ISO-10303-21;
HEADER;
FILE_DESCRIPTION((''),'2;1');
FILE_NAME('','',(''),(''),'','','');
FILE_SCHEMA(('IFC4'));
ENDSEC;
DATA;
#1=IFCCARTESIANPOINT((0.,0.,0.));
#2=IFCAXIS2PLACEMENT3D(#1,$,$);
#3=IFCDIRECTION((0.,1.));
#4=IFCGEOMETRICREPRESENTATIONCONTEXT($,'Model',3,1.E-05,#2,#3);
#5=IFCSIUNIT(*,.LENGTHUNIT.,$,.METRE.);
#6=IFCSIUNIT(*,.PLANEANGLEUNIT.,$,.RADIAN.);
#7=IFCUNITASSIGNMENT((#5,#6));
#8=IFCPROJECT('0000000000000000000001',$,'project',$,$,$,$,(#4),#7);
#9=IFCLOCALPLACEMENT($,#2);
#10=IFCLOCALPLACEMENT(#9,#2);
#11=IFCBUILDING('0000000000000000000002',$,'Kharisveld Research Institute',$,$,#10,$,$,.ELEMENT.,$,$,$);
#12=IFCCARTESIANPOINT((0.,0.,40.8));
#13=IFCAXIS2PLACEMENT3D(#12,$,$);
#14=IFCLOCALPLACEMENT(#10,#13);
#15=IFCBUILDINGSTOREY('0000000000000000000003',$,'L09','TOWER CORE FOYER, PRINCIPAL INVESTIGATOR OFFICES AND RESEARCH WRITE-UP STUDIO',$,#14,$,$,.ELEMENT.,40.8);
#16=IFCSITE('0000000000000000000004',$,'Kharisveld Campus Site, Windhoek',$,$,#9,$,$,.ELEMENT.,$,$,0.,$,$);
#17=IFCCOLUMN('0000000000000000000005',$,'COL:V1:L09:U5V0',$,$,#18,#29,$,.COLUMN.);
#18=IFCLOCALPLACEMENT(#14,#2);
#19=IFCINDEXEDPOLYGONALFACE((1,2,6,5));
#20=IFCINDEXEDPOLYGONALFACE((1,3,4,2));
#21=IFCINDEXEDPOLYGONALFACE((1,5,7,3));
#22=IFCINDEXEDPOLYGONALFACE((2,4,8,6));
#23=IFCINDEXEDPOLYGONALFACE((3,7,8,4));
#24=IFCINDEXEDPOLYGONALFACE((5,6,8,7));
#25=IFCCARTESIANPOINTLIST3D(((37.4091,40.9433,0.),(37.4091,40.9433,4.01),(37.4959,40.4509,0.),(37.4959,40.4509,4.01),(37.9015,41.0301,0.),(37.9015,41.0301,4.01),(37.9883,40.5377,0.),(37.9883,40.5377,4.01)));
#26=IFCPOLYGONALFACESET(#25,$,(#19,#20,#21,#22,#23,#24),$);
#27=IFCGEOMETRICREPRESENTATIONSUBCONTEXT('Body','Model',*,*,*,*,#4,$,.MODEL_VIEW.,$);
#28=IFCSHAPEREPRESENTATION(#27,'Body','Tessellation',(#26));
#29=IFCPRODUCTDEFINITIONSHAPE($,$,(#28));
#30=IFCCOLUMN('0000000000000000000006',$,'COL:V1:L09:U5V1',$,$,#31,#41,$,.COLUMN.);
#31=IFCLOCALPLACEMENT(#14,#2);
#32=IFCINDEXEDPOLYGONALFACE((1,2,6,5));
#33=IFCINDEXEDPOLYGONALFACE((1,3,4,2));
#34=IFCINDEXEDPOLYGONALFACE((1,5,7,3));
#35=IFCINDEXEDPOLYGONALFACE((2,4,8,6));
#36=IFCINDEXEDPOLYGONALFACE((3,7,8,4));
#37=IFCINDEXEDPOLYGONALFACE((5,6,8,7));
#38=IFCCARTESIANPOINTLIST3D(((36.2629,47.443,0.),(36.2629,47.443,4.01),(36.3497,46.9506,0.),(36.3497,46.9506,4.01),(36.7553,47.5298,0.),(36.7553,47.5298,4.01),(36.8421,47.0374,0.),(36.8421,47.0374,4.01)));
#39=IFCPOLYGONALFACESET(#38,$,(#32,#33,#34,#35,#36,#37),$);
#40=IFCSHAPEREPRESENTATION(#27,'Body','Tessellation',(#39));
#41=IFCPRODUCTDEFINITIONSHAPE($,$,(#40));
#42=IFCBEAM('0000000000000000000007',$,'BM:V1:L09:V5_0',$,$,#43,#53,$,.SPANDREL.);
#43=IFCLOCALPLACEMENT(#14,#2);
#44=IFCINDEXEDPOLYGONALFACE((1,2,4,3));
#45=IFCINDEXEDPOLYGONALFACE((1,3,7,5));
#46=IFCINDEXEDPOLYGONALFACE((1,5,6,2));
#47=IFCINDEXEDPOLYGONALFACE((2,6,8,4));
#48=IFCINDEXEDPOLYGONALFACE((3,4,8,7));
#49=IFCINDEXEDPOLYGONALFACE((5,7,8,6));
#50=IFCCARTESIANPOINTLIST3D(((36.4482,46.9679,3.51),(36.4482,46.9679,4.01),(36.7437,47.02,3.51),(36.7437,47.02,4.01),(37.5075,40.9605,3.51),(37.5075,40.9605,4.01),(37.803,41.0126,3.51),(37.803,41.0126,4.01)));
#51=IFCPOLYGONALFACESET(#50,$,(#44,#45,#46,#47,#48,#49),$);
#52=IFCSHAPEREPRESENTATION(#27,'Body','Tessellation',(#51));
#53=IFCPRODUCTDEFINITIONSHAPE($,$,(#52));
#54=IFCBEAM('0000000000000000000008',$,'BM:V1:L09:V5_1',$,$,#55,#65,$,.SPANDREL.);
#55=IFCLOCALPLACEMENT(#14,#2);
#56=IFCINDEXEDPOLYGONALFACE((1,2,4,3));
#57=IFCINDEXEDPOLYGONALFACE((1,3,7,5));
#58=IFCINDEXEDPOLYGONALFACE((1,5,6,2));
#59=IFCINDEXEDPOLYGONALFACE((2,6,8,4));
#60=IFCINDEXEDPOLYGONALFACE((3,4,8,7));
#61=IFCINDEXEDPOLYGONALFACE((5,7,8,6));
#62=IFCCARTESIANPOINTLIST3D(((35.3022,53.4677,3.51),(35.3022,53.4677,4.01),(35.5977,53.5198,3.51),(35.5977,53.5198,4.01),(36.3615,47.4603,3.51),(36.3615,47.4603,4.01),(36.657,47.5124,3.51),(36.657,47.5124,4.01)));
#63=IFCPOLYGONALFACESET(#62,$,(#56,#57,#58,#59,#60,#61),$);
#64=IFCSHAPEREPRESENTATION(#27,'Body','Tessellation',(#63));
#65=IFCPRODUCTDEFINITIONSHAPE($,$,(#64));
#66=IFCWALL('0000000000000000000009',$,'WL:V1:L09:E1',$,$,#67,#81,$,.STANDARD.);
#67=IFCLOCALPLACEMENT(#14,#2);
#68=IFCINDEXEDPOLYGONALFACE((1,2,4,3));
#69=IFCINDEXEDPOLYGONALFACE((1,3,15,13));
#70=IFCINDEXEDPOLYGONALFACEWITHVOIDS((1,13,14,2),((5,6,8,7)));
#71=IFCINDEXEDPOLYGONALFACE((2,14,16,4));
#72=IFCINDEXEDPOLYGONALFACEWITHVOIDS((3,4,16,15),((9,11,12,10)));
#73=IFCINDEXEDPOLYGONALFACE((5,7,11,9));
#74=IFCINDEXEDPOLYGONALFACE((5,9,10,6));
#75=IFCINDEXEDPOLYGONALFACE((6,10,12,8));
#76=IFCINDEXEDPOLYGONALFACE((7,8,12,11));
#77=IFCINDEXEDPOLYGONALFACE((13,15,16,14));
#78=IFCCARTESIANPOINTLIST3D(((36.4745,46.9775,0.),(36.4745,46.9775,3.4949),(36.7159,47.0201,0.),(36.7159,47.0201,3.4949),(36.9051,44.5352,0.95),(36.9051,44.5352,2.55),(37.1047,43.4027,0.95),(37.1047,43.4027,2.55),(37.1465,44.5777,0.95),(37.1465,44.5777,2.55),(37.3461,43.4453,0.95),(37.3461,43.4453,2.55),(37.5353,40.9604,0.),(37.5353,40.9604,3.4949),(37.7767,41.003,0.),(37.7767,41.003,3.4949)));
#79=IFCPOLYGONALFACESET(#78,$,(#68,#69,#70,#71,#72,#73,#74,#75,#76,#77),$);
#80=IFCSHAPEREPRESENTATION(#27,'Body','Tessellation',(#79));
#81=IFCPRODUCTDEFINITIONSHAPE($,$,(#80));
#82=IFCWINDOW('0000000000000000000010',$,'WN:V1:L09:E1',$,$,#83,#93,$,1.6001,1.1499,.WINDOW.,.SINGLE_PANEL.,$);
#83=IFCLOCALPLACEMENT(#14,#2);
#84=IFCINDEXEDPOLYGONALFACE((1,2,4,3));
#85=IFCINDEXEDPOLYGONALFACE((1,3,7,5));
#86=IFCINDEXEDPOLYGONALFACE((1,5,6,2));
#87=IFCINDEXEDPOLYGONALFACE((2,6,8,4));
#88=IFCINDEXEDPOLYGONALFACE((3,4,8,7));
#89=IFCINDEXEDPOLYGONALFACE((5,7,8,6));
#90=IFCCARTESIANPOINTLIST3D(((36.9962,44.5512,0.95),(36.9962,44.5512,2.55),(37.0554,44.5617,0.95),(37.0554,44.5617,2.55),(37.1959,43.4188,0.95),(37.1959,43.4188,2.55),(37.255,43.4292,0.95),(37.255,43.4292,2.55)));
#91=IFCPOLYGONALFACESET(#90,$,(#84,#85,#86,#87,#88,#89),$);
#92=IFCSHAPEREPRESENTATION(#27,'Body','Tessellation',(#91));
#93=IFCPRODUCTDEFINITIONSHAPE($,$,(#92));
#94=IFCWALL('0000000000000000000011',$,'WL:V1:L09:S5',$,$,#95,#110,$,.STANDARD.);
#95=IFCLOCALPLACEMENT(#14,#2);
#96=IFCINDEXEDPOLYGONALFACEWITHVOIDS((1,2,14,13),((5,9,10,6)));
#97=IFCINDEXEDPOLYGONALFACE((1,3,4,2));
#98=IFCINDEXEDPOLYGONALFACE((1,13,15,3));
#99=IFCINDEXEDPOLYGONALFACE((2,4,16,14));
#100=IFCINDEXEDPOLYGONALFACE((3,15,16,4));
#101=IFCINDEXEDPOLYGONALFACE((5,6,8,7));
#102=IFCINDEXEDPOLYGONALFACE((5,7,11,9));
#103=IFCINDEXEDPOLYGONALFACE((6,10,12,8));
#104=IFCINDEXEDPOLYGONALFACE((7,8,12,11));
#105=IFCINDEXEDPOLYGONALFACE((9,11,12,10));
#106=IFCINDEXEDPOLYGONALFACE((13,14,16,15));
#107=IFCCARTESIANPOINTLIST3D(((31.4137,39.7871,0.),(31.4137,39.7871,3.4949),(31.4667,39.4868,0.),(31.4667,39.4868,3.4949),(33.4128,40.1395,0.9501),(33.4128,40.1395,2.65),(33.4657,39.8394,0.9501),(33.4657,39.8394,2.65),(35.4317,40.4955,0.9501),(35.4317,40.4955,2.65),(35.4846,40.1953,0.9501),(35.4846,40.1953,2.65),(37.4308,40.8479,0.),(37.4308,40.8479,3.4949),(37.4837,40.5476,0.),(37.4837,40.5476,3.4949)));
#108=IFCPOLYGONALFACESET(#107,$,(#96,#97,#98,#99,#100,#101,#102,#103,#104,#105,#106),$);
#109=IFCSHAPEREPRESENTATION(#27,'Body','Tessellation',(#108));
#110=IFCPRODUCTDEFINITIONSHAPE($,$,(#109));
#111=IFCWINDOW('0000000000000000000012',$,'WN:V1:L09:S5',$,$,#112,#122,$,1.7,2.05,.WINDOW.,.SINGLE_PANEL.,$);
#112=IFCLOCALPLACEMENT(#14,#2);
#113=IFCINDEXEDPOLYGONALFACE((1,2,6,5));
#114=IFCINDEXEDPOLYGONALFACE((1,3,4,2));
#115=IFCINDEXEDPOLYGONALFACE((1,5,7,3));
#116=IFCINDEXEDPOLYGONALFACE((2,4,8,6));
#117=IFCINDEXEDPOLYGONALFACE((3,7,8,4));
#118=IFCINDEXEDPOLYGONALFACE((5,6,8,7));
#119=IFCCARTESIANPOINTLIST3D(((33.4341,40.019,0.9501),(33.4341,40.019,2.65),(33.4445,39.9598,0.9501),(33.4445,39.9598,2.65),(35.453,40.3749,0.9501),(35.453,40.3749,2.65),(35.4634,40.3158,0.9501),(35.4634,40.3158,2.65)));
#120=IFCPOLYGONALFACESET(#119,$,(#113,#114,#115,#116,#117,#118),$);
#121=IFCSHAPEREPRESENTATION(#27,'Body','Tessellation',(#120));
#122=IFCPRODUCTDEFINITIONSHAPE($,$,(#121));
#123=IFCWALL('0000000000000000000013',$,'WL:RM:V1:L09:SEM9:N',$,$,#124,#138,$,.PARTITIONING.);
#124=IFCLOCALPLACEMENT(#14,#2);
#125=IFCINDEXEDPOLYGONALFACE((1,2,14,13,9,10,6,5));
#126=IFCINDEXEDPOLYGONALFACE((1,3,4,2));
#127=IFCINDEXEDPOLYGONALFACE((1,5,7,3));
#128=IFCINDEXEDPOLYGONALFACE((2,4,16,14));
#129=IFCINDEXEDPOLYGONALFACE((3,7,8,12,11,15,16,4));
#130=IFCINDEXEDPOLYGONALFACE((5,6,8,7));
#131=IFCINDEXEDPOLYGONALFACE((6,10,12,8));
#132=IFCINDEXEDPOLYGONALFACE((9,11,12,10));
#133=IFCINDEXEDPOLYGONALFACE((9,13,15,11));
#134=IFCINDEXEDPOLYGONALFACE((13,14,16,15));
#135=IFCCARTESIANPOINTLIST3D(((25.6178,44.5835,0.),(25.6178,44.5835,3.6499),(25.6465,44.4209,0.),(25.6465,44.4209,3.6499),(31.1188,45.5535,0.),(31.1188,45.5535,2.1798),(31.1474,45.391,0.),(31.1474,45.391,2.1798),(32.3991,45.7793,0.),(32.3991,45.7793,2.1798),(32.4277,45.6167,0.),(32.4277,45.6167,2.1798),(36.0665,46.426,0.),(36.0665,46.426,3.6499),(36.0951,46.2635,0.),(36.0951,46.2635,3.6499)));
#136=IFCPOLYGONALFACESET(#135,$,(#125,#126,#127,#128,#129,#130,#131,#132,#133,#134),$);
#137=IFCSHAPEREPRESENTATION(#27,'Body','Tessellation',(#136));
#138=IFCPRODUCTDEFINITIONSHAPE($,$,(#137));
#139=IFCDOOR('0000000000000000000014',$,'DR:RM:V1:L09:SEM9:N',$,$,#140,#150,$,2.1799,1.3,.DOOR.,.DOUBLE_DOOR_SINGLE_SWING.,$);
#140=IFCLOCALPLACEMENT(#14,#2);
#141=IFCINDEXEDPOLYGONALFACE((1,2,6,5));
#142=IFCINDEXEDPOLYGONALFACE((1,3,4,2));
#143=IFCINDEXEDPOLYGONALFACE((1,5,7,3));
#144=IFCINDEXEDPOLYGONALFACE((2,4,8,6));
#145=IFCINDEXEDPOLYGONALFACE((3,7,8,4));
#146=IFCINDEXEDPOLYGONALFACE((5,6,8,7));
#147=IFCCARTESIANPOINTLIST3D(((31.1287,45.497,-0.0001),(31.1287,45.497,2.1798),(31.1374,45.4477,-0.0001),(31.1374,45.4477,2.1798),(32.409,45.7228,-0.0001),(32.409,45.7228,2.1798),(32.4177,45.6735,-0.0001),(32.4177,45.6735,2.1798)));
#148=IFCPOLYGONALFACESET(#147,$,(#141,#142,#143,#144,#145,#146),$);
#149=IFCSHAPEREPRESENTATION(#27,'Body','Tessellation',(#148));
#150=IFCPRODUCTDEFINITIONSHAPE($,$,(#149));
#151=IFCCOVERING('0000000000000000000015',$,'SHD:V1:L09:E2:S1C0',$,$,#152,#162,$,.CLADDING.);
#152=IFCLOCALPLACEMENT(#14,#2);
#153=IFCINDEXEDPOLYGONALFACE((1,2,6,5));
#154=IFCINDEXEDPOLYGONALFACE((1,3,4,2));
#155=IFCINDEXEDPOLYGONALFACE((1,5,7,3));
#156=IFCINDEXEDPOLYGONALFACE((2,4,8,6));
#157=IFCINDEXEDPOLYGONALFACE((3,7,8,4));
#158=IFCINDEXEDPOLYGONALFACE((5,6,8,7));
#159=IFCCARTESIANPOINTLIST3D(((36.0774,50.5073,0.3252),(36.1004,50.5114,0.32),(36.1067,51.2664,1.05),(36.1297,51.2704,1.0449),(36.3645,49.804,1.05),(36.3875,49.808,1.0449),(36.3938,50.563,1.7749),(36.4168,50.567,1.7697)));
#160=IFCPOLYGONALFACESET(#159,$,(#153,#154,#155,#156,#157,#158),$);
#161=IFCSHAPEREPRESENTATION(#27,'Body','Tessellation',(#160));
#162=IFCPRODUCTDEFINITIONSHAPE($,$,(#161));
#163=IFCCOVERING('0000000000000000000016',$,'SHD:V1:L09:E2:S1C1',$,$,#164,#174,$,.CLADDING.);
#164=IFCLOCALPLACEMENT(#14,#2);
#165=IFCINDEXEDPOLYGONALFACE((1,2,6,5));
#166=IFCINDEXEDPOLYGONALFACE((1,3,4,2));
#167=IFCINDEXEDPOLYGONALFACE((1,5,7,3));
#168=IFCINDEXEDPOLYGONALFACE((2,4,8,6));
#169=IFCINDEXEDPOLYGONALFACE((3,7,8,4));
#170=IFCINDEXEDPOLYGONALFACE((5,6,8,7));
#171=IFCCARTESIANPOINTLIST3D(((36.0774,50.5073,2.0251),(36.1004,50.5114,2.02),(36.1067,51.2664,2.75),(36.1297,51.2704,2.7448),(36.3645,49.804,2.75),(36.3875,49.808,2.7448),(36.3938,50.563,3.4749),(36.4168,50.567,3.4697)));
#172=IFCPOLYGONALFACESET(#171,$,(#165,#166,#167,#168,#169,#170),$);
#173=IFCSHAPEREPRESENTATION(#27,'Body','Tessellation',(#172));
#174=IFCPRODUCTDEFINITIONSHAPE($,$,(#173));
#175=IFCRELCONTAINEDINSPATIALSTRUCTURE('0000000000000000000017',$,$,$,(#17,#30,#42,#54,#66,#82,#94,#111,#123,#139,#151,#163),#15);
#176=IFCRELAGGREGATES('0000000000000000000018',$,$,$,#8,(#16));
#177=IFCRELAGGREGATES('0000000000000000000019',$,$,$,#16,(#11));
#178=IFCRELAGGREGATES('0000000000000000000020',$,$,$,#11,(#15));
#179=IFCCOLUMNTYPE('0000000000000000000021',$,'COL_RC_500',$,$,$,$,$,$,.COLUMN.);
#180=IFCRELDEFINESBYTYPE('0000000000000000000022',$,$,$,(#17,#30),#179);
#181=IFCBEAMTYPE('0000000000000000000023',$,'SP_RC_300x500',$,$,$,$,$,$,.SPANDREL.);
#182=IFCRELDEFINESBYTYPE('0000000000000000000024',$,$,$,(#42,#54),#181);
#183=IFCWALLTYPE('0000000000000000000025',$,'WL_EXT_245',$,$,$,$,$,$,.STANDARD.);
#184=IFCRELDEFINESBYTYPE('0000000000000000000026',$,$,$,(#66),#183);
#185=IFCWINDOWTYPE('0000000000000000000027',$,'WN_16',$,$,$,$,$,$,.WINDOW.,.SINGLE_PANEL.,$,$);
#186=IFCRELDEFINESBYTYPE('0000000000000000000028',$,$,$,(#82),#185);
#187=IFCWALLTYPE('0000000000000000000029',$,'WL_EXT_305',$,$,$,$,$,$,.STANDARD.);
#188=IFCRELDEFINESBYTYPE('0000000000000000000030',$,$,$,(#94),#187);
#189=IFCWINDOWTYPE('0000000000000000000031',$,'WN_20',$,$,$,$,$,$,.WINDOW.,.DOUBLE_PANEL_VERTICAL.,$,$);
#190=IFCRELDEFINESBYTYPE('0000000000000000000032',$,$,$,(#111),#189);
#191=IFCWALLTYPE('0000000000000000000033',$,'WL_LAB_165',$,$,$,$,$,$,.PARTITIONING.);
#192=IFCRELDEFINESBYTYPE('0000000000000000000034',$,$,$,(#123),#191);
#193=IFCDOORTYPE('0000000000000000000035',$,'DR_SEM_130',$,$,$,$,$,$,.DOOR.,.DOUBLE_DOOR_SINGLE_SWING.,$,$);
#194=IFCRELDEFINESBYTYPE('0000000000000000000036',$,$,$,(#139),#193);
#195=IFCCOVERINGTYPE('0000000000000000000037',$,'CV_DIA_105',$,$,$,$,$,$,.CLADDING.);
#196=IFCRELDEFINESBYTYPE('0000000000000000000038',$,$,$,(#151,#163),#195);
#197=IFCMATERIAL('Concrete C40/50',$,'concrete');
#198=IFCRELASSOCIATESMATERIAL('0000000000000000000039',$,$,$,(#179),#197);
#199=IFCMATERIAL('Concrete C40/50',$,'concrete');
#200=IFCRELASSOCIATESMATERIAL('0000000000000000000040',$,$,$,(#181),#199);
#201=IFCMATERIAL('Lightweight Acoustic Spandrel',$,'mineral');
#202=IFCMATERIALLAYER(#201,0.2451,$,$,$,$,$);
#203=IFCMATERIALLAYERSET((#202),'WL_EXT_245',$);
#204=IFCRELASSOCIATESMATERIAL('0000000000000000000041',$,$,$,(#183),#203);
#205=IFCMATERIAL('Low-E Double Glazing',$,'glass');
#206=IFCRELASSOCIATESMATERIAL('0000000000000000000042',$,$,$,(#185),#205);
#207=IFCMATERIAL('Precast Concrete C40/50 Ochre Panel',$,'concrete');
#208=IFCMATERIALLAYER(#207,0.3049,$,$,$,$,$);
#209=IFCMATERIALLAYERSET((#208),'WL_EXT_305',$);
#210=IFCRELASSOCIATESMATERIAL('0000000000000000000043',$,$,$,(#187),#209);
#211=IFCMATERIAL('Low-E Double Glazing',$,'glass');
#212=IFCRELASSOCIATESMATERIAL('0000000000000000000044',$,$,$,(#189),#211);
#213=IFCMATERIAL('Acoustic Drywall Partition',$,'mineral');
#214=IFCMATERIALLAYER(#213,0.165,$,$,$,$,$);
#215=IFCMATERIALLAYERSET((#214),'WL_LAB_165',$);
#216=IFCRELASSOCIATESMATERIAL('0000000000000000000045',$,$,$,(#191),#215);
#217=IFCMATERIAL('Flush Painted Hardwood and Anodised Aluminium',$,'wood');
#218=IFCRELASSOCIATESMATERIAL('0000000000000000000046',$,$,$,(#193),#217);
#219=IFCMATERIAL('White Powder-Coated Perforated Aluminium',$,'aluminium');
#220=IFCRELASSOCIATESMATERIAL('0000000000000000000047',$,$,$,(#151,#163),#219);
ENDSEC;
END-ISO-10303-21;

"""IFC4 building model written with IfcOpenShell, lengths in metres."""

from ifc_helpers import new_model, si_unit, direction, frame, frame_2d, origin, origin_2d, place, context, subcontext, project, spatial, polyline, rectangle, outline, extrude, material, layer, layer_set, material_profile, profile_set, type_object, element, fill, save


model = new_model("IFC4")

# Units and contexts
model_context = context("Model", 3, precision=1e-05, world=origin(), true_north=direction((0.0, 1.0)))
body_context = subcontext(model_context, "Body", "Model", "MODEL_VIEW")
ifc_project = project(units=[si_unit("LENGTHUNIT", "METRE"), si_unit("PLANEANGLEUNIT", "RADIAN")], contexts=[model_context])

# Site, building, storey
site_placement = place(None, origin())
site = spatial("IfcSite", under=ifc_project, at=site_placement, Name="Kharisveld Campus Site, Windhoek", CompositionType="ELEMENT", RefElevation=0.0)
building_placement = place(site_placement, origin())
building = spatial("IfcBuilding", under=site, at=building_placement, Name="Kharisveld Research Institute", CompositionType="ELEMENT")
storey_placement = place(building_placement, frame((0.0, 0.0, 40.8)))
storey = spatial("IfcBuildingStorey", under=building, at=storey_placement, Name="L09", Description="TOWER CORE FOYER, PRINCIPAL INVESTIGATOR OFFICES AND RESEARCH WRITE-UP STUDIO", CompositionType="ELEMENT", Elevation=40.8)

# Columns
ifc_material_1 = material(Name="Concrete C40/50", Category="concrete")
ifc_material_profile_1 = material_profile(ifc_material_1, rectangle(XDim=0.5, YDim=0.5, at=origin_2d()))
ifc_profile_set_1 = profile_set([ifc_material_profile_1], Name="Concrete C40/50")
column_type = type_object("IfcColumnType", Name="COL_RC_500", PredefinedType="COLUMN", material=ifc_profile_set_1)
for number, where, z_axis, x_axis, name in (
    (1, (37.6987, 40.7405, 0.0), (0.0, 0.0, 1.0), (0.984808, 0.173648, 0.0), "COL:V1:L09:U5V0"),
    (2, (36.5525, 47.2402, 0.0), (0.0, 0.0, 1.0), (0.984808, 0.173648, 0.0), "COL:V1:L09:U5V1"),
):
    element("IfcColumn", number, at=place(storey_placement, frame(where, z_axis=z_axis, x_axis=x_axis)), inside=storey, type_object=column_type, Name=name, PredefinedType="COLUMN", context=body_context, shape_type="SweptSolid", body=[
        extrude(rectangle(XDim=0.5, YDim=0.5, at=origin_2d()), origin(), (0.0, 0.0, 1.0), 4.01),
    ])

# Beams
ifc_material_2 = material(Name="Concrete C40/50", Category="concrete")
ifc_material_profile_2 = material_profile(ifc_material_2, rectangle(XDim=0.3, YDim=0.5, at=origin_2d()))
ifc_profile_set_2 = profile_set([ifc_material_profile_2], Name="Concrete C40/50")
beam_type = type_object("IfcBeamType", Name="SP_RC_300x500", PredefinedType="SPANDREL", material=ifc_profile_set_2)
for number, where, z_axis, x_axis, name in (
    (3, (37.6553, 40.9866, 3.76), (-0.17366, 0.984806, 0.0), (-0.984806, -0.17366, 0.0), "BM:V1:L09:V5_0"),
    (4, (36.5093, 47.4863, 3.76), (-0.17366, 0.984806, 0.0), (-0.984806, -0.17366, 0.0), "BM:V1:L09:V5_1"),
):
    element("IfcBeam", number, at=place(storey_placement, frame(where, z_axis=z_axis, x_axis=x_axis)), inside=storey, type_object=beam_type, Name=name, PredefinedType="SPANDREL", context=body_context, shape_type="SweptSolid", body=[
        extrude(rectangle(XDim=0.3, YDim=0.5, at=origin_2d()), origin(), (0.0, 0.0, 1.0), 6.1001),
    ])

# Walls, openings, windows
ifc_material_3 = material(Name="Lightweight Acoustic Spandrel", Category="mineral")
ifc_layer_1 = layer(ifc_material_3, 0.2451)
ifc_layer_set_1 = layer_set([ifc_layer_1], Name="WL_EXT_245")
wall_type_1 = type_object("IfcWallType", Name="WL_EXT_245", PredefinedType="STANDARD", material=ifc_layer_set_1)
wall_1_placement = place(storey_placement, frame((36.5952, 46.9988, 0.0), z_axis=(0.0, 0.0, 1.0), x_axis=(0.173619, -0.984813, 0.0)))
wall_1 = element("IfcWall", 5, at=wall_1_placement, inside=storey, type_object=wall_type_1, Name="WL:V1:L09:E1", PredefinedType="STANDARD", context=body_context, shape_type="SweptSolid", body=[
    extrude(rectangle(XDim=6.1099, YDim=0.2451, at=frame_2d((3.0549, 0.0))), origin(), (0.0, 0.0, 1.0), 3.4949),
])
opening_1_placement = place(wall_1_placement, frame((2.48, 0.0, 0.95)))
opening_1 = element("IfcOpeningElement", 6, at=opening_1_placement, cuts=wall_1, PredefinedType="OPENING", context=body_context, shape_type="SweptSolid", body=[
    extrude(rectangle(XDim=1.1499, YDim=1.6001, at=frame_2d((0.575, 0.8))), frame((0.0, 0.1226, 0.0), z_axis=(0.0, -1.0, 0.0), x_axis=(1.0, 0.0, 0.0)), (0.0, 0.0, 1.0), 0.2451),
])
ifc_material_4 = material(Name="Low-E Double Glazing", Category="glass")
window_type_1 = type_object("IfcWindowType", Name="WN_16", PartitioningType="SINGLE_PANEL", PredefinedType="WINDOW", material=ifc_material_4)
window_1_placement = place(opening_1_placement, origin())
window_1 = element("IfcWindow", 7, at=window_1_placement, inside=storey, type_object=window_type_1, Name="WN:V1:L09:E1", OverallHeight=1.6001, OverallWidth=1.1499, PartitioningType="SINGLE_PANEL", PredefinedType="WINDOW", context=body_context, shape_type="SweptSolid", body=[
    extrude(rectangle(XDim=1.1499, YDim=1.6001, at=frame_2d((0.575, 0.8))), frame((0.0, 0.03, 0.0), z_axis=(0.0, -1.0, 0.0), x_axis=(1.0, 0.0, 0.0)), (0.0, 0.0, 1.0), 0.0601),
])
fill(opening_1, window_1)
ifc_material_5 = material(Name="Precast Concrete C40/50 Ochre Panel", Category="concrete")
ifc_layer_2 = layer(ifc_material_5, 0.3049)
ifc_layer_set_2 = layer_set([ifc_layer_2], Name="WL_EXT_305")
wall_type_2 = type_object("IfcWallType", Name="WL_EXT_305", PredefinedType="STANDARD", material=ifc_layer_set_2)
wall_2_placement = place(storey_placement, frame((37.4573, 40.6978, 0.0), z_axis=(0.0, 0.0, 1.0), x_axis=(-0.984813, -0.173619, 0.0)))
wall_2 = element("IfcWall", 8, at=wall_2_placement, inside=storey, type_object=wall_type_2, Name="WL:V1:L09:S5", PredefinedType="STANDARD", context=body_context, shape_type="SweptSolid", body=[
    extrude(rectangle(XDim=6.1099, YDim=0.3049, at=frame_2d((3.0549, 0.0))), origin(), (0.0, 0.0, 1.0), 3.4949),
])
opening_2_placement = place(wall_2_placement, frame((2.03, 0.0, 0.95)))
opening_2 = element("IfcOpeningElement", 9, at=opening_2_placement, cuts=wall_2, PredefinedType="OPENING", context=body_context, shape_type="SweptSolid", body=[
    extrude(rectangle(XDim=2.05, YDim=1.7, at=frame_2d((1.0249, 0.8501))), frame((0.0, 0.1523, 0.0), z_axis=(0.0, -1.0, 0.0), x_axis=(1.0, 0.0, 0.0)), (0.0, 0.0, 1.0), 0.3049),
])
ifc_material_6 = material(Name="Low-E Double Glazing", Category="glass")
window_type_2 = type_object("IfcWindowType", Name="WN_20", PartitioningType="DOUBLE_PANEL_VERTICAL", PredefinedType="WINDOW", material=ifc_material_6)
window_2_placement = place(opening_2_placement, origin())
window_2 = element("IfcWindow", 10, at=window_2_placement, inside=storey, type_object=window_type_2, Name="WN:V1:L09:S5", OverallHeight=1.7, OverallWidth=2.05, PartitioningType="SINGLE_PANEL", PredefinedType="WINDOW", context=body_context, shape_type="SweptSolid", body=[
    extrude(rectangle(XDim=2.05, YDim=1.7, at=frame_2d((1.0249, 0.8501))), frame((0.0, 0.03, 0.0), z_axis=(0.0, -1.0, 0.0), x_axis=(1.0, 0.0, 0.0)), (0.0, 0.0, 1.0), 0.0601),
])
fill(opening_2, window_2)

# Wall, opening, door
ifc_material_7 = material(Name="Acoustic Drywall Partition", Category="mineral")
ifc_layer_3 = layer(ifc_material_7, 0.165)
ifc_layer_set_3 = layer_set([ifc_layer_3], Name="WL_LAB_165")
wall_type_3 = type_object("IfcWallType", Name="WL_LAB_165", PredefinedType="PARTITIONING", material=ifc_layer_set_3)
wall_3_placement = place(storey_placement, frame((36.0808, 46.3447, 0.0), z_axis=(0.0, 0.0, 1.0), x_axis=(-0.984806, -0.173661, 0.0)))
wall_3 = element("IfcWall", 11, at=wall_3_placement, inside=storey, type_object=wall_type_3, Name="WL:RM:V1:L09:SEM9:N", PredefinedType="PARTITIONING", context=body_context, shape_type="SweptSolid", body=[
    extrude(rectangle(XDim=10.6099, YDim=0.165, at=frame_2d((5.3049, 0.0))), origin(), (0.0, 0.0, 1.0), 3.6499),
])
opening_3_placement = place(wall_3_placement, frame((3.7241, 0.0, 0.0)))
opening_3 = element("IfcOpeningElement", 12, at=opening_3_placement, cuts=wall_3, PredefinedType="OPENING", context=body_context, shape_type="SweptSolid", body=[
    extrude(rectangle(XDim=1.3, YDim=2.1799, at=frame_2d((0.6499, 1.0898))), frame((0.0, 0.0825, 0.0), z_axis=(0.0, -1.0, 0.0), x_axis=(1.0, 0.0, 0.0)), (0.0, 0.0, 1.0), 0.165),
])
ifc_material_8 = material(Name="Flush Painted Hardwood and Anodised Aluminium", Category="wood")
door_type = type_object("IfcDoorType", Name="DR_SEM_130", OperationType="DOUBLE_DOOR_SINGLE_SWING", PredefinedType="DOOR", material=ifc_material_8)
door_placement = place(opening_3_placement, origin())
door = element("IfcDoor", 13, at=door_placement, inside=storey, type_object=door_type, Name="DR:RM:V1:L09:SEM9:N", OperationType="DOUBLE_DOOR_SINGLE_SWING", OverallHeight=2.1799, OverallWidth=1.3, PredefinedType="DOOR", context=body_context, shape_type="SweptSolid", body=[
    extrude(rectangle(XDim=1.3, YDim=2.1799, at=frame_2d((0.6499, 1.0898))), frame((0.0, 0.0249, 0.0), z_axis=(0.0, -1.0, 0.0), x_axis=(1.0, 0.0, 0.0)), (0.0, 0.0, 1.0), 0.05),
])
fill(opening_3, door)

# Coverings
ifc_material_9 = material(Name="White Powder-Coated Perforated Aluminium", Category="aluminium")
covering_type = type_object("IfcCoveringType", Name="CV_DIA_105", PredefinedType="CLADDING")
for number, where, z_axis, x_axis, name in (
    (14, (36.0774, 50.5073, 0.3252), (-0.961487, -0.169504, 0.216358), (0.273429, -0.669853, 0.690314), "SHD:V1:L09:E2:S1C0"),
    (15, (36.0774, 50.5073, 2.0251), (-0.961487, -0.169504, 0.216358), (0.273429, -0.669853, 0.690314), "SHD:V1:L09:E2:S1C1"),
):
    element("IfcCovering", number, at=place(storey_placement, frame(where, z_axis=z_axis, x_axis=x_axis)), inside=storey, type_object=covering_type, material=ifc_material_9, Name=name, PredefinedType="CLADDING", context=body_context, shape_type="SweptSolid", body=[
        extrude(outline(polyline([(0.0, 0.0), (1.05, 0.0), (1.05, 1.05), (-0.0001, 1.05), (0.0, 0.0)])), origin(), (0.0, 0.0, -1.0), 0.0239),
    ])

save(model, "model.ifc")
